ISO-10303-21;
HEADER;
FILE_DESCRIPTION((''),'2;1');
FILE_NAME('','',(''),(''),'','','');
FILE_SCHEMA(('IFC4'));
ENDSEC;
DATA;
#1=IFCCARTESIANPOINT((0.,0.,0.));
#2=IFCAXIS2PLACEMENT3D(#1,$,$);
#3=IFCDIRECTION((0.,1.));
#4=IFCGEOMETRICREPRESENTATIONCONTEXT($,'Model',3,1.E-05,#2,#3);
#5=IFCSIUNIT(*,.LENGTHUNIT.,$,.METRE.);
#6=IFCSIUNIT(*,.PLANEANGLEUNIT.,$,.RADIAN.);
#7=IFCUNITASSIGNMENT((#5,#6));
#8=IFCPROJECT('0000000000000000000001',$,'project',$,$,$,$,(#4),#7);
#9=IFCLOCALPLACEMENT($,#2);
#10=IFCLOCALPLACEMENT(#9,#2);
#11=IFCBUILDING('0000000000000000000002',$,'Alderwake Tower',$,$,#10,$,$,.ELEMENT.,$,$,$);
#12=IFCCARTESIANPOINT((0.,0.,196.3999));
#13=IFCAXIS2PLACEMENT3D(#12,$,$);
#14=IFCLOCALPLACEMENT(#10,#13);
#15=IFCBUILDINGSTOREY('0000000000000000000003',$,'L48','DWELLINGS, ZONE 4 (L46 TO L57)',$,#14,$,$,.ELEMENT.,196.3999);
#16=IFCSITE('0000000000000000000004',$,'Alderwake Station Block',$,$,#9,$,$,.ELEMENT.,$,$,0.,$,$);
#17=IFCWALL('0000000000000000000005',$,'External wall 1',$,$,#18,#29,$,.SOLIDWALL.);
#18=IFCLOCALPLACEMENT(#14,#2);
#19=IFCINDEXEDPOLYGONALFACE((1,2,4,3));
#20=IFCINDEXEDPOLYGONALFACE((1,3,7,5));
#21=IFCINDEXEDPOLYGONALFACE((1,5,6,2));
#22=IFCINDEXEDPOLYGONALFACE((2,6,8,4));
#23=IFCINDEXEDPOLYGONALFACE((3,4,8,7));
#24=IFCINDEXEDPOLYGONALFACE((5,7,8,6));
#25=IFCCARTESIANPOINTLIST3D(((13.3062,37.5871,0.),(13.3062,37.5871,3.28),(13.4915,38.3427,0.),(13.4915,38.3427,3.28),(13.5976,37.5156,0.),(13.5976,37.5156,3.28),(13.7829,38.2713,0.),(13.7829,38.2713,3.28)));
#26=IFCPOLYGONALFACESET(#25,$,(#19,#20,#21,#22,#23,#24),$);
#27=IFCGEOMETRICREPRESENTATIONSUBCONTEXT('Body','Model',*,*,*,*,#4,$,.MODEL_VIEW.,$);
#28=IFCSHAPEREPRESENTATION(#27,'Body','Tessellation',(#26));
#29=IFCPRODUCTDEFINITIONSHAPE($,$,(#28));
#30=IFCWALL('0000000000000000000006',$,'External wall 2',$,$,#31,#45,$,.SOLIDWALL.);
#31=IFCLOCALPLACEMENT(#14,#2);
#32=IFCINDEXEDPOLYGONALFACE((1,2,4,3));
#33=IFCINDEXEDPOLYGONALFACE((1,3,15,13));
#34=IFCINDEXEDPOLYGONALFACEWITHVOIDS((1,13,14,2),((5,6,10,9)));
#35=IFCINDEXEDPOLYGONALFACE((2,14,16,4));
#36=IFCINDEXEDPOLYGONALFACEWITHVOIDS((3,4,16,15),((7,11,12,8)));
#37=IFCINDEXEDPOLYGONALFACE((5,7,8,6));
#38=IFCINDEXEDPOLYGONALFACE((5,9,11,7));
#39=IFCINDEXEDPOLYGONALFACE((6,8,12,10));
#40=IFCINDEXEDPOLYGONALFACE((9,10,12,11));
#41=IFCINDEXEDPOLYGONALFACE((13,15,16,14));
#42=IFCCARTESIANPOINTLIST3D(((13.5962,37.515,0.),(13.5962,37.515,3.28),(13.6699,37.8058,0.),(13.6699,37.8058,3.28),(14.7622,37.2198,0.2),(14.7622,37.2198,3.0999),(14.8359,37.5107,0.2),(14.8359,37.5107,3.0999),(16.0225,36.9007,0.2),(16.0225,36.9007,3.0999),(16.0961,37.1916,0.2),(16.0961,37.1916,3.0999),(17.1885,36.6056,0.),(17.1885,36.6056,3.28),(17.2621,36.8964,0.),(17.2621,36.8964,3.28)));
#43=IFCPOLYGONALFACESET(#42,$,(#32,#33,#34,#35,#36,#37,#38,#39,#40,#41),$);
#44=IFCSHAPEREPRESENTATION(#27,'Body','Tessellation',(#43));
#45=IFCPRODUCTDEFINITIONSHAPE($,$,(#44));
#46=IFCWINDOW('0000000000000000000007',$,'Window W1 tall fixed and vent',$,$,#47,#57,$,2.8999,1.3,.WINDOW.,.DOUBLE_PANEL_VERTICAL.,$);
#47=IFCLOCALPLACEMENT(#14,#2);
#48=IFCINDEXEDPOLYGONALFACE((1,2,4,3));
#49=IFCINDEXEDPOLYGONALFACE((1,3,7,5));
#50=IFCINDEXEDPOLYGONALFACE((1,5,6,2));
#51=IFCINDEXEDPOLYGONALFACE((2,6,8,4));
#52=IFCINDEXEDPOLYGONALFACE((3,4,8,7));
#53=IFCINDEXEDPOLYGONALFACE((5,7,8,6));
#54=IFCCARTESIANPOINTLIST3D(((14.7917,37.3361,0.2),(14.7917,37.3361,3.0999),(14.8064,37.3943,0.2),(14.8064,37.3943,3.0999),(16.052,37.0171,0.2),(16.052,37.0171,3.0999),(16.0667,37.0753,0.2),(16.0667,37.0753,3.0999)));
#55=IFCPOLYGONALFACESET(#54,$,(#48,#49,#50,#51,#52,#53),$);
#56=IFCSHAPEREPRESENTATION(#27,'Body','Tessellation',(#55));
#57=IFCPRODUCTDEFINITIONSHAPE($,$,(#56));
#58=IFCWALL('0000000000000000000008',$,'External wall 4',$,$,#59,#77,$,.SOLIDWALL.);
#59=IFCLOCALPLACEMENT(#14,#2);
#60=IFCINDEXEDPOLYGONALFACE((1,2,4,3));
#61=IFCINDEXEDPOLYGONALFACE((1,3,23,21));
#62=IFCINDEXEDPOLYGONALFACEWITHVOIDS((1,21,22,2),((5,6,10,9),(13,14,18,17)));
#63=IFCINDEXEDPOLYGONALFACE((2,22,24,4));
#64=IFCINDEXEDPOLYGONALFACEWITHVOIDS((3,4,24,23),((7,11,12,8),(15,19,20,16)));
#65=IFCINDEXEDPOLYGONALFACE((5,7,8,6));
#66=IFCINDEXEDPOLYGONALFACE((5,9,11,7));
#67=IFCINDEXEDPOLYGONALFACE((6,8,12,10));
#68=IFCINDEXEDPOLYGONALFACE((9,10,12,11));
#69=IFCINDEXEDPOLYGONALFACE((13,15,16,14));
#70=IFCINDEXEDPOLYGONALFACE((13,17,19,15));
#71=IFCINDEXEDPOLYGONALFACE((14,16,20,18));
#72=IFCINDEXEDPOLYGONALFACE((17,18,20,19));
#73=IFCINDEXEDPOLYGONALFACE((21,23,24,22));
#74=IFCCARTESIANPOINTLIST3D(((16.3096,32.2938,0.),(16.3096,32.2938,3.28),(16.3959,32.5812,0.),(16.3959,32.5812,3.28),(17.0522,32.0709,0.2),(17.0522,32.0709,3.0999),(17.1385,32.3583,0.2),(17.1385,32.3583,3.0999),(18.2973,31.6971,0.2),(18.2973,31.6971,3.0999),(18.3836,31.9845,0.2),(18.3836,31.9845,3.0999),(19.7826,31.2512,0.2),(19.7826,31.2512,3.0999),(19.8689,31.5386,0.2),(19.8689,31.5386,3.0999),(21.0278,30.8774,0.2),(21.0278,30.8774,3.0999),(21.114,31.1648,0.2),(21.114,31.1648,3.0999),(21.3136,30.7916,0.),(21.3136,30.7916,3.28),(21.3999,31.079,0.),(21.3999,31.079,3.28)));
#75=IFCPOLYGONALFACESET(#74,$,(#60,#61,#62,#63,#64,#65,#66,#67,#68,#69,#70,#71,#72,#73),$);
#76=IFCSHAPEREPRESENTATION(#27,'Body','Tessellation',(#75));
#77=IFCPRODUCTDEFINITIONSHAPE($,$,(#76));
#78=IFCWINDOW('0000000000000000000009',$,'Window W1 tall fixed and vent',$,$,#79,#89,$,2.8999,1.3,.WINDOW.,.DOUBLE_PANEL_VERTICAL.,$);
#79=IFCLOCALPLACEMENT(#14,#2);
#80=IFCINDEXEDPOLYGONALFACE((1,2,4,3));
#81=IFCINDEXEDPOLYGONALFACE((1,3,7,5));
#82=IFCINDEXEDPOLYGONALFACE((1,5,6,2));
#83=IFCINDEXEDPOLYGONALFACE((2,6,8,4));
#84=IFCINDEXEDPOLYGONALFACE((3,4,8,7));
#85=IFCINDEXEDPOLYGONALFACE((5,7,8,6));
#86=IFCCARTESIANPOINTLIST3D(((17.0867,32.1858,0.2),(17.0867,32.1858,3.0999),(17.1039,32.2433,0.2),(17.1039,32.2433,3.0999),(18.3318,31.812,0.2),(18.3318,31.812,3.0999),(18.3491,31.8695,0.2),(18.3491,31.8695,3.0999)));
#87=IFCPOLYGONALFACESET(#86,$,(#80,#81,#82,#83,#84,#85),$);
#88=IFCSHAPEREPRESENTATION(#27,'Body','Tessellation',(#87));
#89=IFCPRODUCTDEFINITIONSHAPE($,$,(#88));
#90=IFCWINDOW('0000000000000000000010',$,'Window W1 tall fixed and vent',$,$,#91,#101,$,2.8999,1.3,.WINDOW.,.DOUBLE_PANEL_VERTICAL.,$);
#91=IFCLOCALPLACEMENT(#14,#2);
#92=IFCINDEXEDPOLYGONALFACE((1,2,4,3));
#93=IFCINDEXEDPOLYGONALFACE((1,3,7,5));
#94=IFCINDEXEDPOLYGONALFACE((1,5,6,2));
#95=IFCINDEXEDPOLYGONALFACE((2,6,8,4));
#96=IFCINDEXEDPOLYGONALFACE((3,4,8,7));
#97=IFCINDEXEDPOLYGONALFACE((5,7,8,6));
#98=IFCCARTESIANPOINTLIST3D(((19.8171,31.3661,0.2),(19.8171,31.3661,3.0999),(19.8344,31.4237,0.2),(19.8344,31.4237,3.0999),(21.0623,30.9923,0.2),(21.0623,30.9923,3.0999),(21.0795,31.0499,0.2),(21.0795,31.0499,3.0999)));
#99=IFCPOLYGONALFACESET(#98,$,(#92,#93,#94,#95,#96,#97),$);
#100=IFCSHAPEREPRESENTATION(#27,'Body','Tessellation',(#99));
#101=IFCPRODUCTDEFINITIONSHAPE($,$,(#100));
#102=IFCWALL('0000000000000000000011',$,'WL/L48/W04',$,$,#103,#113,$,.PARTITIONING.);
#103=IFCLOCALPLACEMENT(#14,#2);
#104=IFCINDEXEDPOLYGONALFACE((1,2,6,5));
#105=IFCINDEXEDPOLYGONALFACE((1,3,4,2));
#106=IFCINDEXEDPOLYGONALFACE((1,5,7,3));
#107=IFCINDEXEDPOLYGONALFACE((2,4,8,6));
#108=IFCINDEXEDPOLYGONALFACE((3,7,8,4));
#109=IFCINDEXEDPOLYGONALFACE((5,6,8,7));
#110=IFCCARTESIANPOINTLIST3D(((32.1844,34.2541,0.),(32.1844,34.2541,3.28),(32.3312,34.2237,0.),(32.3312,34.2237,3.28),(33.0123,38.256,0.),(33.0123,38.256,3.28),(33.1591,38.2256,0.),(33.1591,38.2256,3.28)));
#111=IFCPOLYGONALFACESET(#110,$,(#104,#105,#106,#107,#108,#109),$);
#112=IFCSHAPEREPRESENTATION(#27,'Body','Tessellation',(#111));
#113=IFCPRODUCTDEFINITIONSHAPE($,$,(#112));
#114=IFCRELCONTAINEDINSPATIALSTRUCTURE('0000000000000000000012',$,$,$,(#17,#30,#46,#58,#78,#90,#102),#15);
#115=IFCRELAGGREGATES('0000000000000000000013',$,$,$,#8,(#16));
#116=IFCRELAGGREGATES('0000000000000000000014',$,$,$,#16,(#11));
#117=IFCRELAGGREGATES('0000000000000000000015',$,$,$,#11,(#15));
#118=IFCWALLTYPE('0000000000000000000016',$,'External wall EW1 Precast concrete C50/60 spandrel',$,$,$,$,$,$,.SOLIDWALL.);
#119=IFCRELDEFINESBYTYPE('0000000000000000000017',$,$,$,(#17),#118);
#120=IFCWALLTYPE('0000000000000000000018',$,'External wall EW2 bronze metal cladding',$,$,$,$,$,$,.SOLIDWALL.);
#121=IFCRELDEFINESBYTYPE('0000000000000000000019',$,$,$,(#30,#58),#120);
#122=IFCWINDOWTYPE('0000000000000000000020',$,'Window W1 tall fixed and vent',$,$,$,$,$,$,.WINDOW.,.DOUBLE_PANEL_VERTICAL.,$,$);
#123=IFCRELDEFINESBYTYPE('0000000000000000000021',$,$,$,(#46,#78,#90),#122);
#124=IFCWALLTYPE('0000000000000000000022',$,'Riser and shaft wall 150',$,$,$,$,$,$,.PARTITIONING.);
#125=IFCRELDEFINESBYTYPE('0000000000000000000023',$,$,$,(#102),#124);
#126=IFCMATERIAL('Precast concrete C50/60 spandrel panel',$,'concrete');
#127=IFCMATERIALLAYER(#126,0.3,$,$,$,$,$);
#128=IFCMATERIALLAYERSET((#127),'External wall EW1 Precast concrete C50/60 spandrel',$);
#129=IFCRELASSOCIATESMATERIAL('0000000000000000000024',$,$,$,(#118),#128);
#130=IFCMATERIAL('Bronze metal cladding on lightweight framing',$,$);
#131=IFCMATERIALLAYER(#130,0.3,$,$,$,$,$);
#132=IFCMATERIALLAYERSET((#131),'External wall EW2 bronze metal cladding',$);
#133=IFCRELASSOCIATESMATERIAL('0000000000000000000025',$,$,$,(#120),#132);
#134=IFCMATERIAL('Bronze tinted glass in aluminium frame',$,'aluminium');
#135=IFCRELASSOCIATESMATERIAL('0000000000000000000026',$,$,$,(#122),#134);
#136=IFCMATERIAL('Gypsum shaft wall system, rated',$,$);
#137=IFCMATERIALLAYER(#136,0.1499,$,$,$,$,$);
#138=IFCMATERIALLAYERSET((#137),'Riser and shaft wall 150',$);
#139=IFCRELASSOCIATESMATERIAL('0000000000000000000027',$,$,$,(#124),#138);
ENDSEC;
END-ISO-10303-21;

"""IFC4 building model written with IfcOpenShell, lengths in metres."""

from ifc_helpers import new_model, si_unit, direction, frame, frame_2d, origin, place, context, subcontext, project, spatial, rectangle, extrude, material, layer, layer_set, type_object, element, fill, save


model = new_model("IFC4")

# Units and contexts
model_context = context("Model", 3, precision=1e-05, world=origin(), true_north=direction((0.0, 1.0)))
body_context = subcontext(model_context, "Body", "Model", "MODEL_VIEW")
ifc_project = project(units=[si_unit("LENGTHUNIT", "METRE"), si_unit("PLANEANGLEUNIT", "RADIAN")], contexts=[model_context])

# Site, building, storey
site_placement = place(None, origin())
site = spatial("IfcSite", under=ifc_project, at=site_placement, Name="Alderwake Station Block", CompositionType="ELEMENT", RefElevation=0.0)
building_placement = place(site_placement, origin())
building = spatial("IfcBuilding", under=site, at=building_placement, Name="Alderwake Tower", CompositionType="ELEMENT")
storey_placement = place(building_placement, frame((0.0, 0.0, 196.3999)))
storey = spatial("IfcBuildingStorey", under=building, at=storey_placement, Name="L48", Description="DWELLINGS, ZONE 4 (L46 TO L57)", CompositionType="ELEMENT", Elevation=196.3999)

# Wall
ifc_material_1 = material(Name="Precast concrete C50/60 spandrel panel", Category="concrete")
ifc_layer_1 = layer(ifc_material_1, 0.3)
ifc_layer_set_1 = layer_set([ifc_layer_1], Name="External wall EW1 Precast concrete C50/60 spandrel")
wall_type_1 = type_object("IfcWallType", Name="External wall EW1 Precast concrete C50/60 spandrel", PredefinedType="SOLIDWALL", material=ifc_layer_set_1)
wall_1_placement = place(storey_placement, frame((13.6372, 38.3071, 0.0), z_axis=(0.0, 0.0, 1.0), x_axis=(-0.238177, -0.971222, 0.0)))
element("IfcWall", 1, at=wall_1_placement, inside=storey, type_object=wall_type_1, Name="External wall 1", PredefinedType="SOLIDWALL", context=body_context, shape_type="SweptSolid", body=[
    extrude(rectangle(XDim=0.7781, YDim=0.3, at=frame_2d((0.3892, 0.0))), origin(), (0.0, 0.0, 1.0), 3.28),
])

# Wall, opening, window
ifc_material_2 = material(Name="Bronze metal cladding on lightweight framing")
ifc_layer_2 = layer(ifc_material_2, 0.3)
ifc_layer_set_2 = layer_set([ifc_layer_2], Name="External wall EW2 bronze metal cladding")
wall_type_2 = type_object("IfcWallType", Name="External wall EW2 bronze metal cladding", PredefinedType="SOLIDWALL", material=ifc_layer_set_2)
wall_2_placement = place(storey_placement, frame((13.6331, 37.6604, 0.0), z_axis=(0.0, 0.0, 1.0), x_axis=(0.969417, -0.245418, 0.0)))
wall_2 = element("IfcWall", 2, at=wall_2_placement, inside=storey, type_object=wall_type_2, Name="External wall 2", PredefinedType="SOLIDWALL", context=body_context, shape_type="SweptSolid", body=[
    extrude(rectangle(XDim=3.7056, YDim=0.3, at=frame_2d((1.8528, 0.0))), origin(), (0.0, 0.0, 1.0), 3.28),
])
opening_1_placement = place(wall_2_placement, frame((1.2029, 0.0, 0.2)))
opening_1 = element("IfcOpeningElement", 3, at=opening_1_placement, cuts=wall_2, PredefinedType="OPENING", context=body_context, shape_type="SweptSolid", body=[
    extrude(rectangle(XDim=1.3, YDim=2.8999, at=frame_2d((0.6499, 1.45))), frame((0.0, 0.1599, 0.0), z_axis=(0.0, -1.0, 0.0), x_axis=(1.0, 0.0, 0.0)), (0.0, 0.0, 1.0), 0.3201),
])
ifc_material_3 = material(Name="Bronze tinted glass in aluminium frame", Category="aluminium")
window_type = type_object("IfcWindowType", Name="Window W1 tall fixed and vent", PartitioningType="DOUBLE_PANEL_VERTICAL", PredefinedType="WINDOW", material=ifc_material_3)
window_1_placement = place(opening_1_placement, origin())
window_1 = element("IfcWindow", 4, at=window_1_placement, inside=storey, type_object=window_type, Name="Window W1 tall fixed and vent", OverallHeight=2.8999, OverallWidth=1.3, PartitioningType="DOUBLE_PANEL_VERTICAL", PredefinedType="WINDOW", context=body_context, shape_type="SweptSolid", body=[
    extrude(rectangle(XDim=1.3, YDim=2.8999, at=frame_2d((0.6499, 1.45))), frame((0.0, 0.03, 0.0), z_axis=(0.0, -1.0, 0.0), x_axis=(1.0, 0.0, 0.0)), (0.0, 0.0, 1.0), 0.0601),
])
fill(opening_1, window_1)

# Wall, openings, windows
wall_3_placement = place(storey_placement, frame((16.3528, 32.4375, 0.0), z_axis=(0.0, 0.0, 1.0), x_axis=(0.957772, -0.287528, 0.0)))
wall_3 = element("IfcWall", 5, at=wall_3_placement, inside=storey, type_object=wall_type_2, Name="External wall 4", PredefinedType="SOLIDWALL", context=body_context, shape_type="SweptSolid", body=[
    extrude(rectangle(XDim=5.2246, YDim=0.3, at=frame_2d((2.6123, 0.0))), origin(), (0.0, 0.0, 1.0), 3.28),
])
opening_2_placement = place(wall_3_placement, frame((0.7754, 0.0, 0.2)))
opening_2 = element("IfcOpeningElement", 6, at=opening_2_placement, cuts=wall_3, PredefinedType="OPENING", context=body_context, shape_type="SweptSolid", body=[
    extrude(rectangle(XDim=1.3, YDim=2.8999, at=frame_2d((0.6499, 1.45))), frame((0.0, 0.1599, 0.0), z_axis=(0.0, -1.0, 0.0), x_axis=(1.0, 0.0, 0.0)), (0.0, 0.0, 1.0), 0.3201),
])
opening_3_placement = place(wall_3_placement, frame((3.6262, 0.0, 0.2)))
opening_3 = element("IfcOpeningElement", 7, at=opening_3_placement, cuts=wall_3, PredefinedType="OPENING", context=body_context, shape_type="SweptSolid", body=[
    extrude(rectangle(XDim=1.3, YDim=2.8999, at=frame_2d((0.6499, 1.45))), frame((0.0, 0.1599, 0.0), z_axis=(0.0, -1.0, 0.0), x_axis=(1.0, 0.0, 0.0)), (0.0, 0.0, 1.0), 0.3201),
])
window_2_placement = place(opening_2_placement, origin())
window_2 = element("IfcWindow", 8, at=window_2_placement, inside=storey, type_object=window_type, Name="Window W1 tall fixed and vent", OverallHeight=2.8999, OverallWidth=1.3, PartitioningType="DOUBLE_PANEL_VERTICAL", PredefinedType="WINDOW", context=body_context, shape_type="SweptSolid", body=[
    extrude(rectangle(XDim=1.3, YDim=2.8999, at=frame_2d((0.6499, 1.45))), frame((0.0, 0.03, 0.0), z_axis=(0.0, -1.0, 0.0), x_axis=(1.0, 0.0, 0.0)), (0.0, 0.0, 1.0), 0.0601),
])
fill(opening_2, window_2)
window_3_placement = place(opening_3_placement, origin())
window_3 = element("IfcWindow", 9, at=window_3_placement, inside=storey, type_object=window_type, Name="Window W1 tall fixed and vent", OverallHeight=2.8999, OverallWidth=1.3, PartitioningType="DOUBLE_PANEL_VERTICAL", PredefinedType="WINDOW", context=body_context, shape_type="SweptSolid", body=[
    extrude(rectangle(XDim=1.3, YDim=2.8999, at=frame_2d((0.6499, 1.45))), frame((0.0, 0.03, 0.0), z_axis=(0.0, -1.0, 0.0), x_axis=(1.0, 0.0, 0.0)), (0.0, 0.0, 1.0), 0.0601),
])
fill(opening_3, window_3)

# Wall
ifc_material_4 = material(Name="Gypsum shaft wall system, rated")
ifc_layer_3 = layer(ifc_material_4, 0.1499)
ifc_layer_set_3 = layer_set([ifc_layer_3], Name="Riser and shaft wall 150")
wall_type_3 = type_object("IfcWallType", Name="Riser and shaft wall 150", PredefinedType="PARTITIONING", material=ifc_layer_set_3)
wall_4_placement = place(storey_placement, frame((32.2578, 34.2388, 0.0), z_axis=(0.0, 0.0, 1.0), x_axis=(0.20258, 0.979266, 0.0)))
element("IfcWall", 10, at=wall_4_placement, inside=storey, type_object=wall_type_3, Name="WL/L48/W04", PredefinedType="PARTITIONING", context=body_context, shape_type="SweptSolid", body=[
    extrude(rectangle(XDim=4.0867, YDim=0.1499, at=frame_2d((2.0435, 0.0))), origin(), (0.0, 0.0, 1.0), 3.28),
])

save(model, "model.ifc")
